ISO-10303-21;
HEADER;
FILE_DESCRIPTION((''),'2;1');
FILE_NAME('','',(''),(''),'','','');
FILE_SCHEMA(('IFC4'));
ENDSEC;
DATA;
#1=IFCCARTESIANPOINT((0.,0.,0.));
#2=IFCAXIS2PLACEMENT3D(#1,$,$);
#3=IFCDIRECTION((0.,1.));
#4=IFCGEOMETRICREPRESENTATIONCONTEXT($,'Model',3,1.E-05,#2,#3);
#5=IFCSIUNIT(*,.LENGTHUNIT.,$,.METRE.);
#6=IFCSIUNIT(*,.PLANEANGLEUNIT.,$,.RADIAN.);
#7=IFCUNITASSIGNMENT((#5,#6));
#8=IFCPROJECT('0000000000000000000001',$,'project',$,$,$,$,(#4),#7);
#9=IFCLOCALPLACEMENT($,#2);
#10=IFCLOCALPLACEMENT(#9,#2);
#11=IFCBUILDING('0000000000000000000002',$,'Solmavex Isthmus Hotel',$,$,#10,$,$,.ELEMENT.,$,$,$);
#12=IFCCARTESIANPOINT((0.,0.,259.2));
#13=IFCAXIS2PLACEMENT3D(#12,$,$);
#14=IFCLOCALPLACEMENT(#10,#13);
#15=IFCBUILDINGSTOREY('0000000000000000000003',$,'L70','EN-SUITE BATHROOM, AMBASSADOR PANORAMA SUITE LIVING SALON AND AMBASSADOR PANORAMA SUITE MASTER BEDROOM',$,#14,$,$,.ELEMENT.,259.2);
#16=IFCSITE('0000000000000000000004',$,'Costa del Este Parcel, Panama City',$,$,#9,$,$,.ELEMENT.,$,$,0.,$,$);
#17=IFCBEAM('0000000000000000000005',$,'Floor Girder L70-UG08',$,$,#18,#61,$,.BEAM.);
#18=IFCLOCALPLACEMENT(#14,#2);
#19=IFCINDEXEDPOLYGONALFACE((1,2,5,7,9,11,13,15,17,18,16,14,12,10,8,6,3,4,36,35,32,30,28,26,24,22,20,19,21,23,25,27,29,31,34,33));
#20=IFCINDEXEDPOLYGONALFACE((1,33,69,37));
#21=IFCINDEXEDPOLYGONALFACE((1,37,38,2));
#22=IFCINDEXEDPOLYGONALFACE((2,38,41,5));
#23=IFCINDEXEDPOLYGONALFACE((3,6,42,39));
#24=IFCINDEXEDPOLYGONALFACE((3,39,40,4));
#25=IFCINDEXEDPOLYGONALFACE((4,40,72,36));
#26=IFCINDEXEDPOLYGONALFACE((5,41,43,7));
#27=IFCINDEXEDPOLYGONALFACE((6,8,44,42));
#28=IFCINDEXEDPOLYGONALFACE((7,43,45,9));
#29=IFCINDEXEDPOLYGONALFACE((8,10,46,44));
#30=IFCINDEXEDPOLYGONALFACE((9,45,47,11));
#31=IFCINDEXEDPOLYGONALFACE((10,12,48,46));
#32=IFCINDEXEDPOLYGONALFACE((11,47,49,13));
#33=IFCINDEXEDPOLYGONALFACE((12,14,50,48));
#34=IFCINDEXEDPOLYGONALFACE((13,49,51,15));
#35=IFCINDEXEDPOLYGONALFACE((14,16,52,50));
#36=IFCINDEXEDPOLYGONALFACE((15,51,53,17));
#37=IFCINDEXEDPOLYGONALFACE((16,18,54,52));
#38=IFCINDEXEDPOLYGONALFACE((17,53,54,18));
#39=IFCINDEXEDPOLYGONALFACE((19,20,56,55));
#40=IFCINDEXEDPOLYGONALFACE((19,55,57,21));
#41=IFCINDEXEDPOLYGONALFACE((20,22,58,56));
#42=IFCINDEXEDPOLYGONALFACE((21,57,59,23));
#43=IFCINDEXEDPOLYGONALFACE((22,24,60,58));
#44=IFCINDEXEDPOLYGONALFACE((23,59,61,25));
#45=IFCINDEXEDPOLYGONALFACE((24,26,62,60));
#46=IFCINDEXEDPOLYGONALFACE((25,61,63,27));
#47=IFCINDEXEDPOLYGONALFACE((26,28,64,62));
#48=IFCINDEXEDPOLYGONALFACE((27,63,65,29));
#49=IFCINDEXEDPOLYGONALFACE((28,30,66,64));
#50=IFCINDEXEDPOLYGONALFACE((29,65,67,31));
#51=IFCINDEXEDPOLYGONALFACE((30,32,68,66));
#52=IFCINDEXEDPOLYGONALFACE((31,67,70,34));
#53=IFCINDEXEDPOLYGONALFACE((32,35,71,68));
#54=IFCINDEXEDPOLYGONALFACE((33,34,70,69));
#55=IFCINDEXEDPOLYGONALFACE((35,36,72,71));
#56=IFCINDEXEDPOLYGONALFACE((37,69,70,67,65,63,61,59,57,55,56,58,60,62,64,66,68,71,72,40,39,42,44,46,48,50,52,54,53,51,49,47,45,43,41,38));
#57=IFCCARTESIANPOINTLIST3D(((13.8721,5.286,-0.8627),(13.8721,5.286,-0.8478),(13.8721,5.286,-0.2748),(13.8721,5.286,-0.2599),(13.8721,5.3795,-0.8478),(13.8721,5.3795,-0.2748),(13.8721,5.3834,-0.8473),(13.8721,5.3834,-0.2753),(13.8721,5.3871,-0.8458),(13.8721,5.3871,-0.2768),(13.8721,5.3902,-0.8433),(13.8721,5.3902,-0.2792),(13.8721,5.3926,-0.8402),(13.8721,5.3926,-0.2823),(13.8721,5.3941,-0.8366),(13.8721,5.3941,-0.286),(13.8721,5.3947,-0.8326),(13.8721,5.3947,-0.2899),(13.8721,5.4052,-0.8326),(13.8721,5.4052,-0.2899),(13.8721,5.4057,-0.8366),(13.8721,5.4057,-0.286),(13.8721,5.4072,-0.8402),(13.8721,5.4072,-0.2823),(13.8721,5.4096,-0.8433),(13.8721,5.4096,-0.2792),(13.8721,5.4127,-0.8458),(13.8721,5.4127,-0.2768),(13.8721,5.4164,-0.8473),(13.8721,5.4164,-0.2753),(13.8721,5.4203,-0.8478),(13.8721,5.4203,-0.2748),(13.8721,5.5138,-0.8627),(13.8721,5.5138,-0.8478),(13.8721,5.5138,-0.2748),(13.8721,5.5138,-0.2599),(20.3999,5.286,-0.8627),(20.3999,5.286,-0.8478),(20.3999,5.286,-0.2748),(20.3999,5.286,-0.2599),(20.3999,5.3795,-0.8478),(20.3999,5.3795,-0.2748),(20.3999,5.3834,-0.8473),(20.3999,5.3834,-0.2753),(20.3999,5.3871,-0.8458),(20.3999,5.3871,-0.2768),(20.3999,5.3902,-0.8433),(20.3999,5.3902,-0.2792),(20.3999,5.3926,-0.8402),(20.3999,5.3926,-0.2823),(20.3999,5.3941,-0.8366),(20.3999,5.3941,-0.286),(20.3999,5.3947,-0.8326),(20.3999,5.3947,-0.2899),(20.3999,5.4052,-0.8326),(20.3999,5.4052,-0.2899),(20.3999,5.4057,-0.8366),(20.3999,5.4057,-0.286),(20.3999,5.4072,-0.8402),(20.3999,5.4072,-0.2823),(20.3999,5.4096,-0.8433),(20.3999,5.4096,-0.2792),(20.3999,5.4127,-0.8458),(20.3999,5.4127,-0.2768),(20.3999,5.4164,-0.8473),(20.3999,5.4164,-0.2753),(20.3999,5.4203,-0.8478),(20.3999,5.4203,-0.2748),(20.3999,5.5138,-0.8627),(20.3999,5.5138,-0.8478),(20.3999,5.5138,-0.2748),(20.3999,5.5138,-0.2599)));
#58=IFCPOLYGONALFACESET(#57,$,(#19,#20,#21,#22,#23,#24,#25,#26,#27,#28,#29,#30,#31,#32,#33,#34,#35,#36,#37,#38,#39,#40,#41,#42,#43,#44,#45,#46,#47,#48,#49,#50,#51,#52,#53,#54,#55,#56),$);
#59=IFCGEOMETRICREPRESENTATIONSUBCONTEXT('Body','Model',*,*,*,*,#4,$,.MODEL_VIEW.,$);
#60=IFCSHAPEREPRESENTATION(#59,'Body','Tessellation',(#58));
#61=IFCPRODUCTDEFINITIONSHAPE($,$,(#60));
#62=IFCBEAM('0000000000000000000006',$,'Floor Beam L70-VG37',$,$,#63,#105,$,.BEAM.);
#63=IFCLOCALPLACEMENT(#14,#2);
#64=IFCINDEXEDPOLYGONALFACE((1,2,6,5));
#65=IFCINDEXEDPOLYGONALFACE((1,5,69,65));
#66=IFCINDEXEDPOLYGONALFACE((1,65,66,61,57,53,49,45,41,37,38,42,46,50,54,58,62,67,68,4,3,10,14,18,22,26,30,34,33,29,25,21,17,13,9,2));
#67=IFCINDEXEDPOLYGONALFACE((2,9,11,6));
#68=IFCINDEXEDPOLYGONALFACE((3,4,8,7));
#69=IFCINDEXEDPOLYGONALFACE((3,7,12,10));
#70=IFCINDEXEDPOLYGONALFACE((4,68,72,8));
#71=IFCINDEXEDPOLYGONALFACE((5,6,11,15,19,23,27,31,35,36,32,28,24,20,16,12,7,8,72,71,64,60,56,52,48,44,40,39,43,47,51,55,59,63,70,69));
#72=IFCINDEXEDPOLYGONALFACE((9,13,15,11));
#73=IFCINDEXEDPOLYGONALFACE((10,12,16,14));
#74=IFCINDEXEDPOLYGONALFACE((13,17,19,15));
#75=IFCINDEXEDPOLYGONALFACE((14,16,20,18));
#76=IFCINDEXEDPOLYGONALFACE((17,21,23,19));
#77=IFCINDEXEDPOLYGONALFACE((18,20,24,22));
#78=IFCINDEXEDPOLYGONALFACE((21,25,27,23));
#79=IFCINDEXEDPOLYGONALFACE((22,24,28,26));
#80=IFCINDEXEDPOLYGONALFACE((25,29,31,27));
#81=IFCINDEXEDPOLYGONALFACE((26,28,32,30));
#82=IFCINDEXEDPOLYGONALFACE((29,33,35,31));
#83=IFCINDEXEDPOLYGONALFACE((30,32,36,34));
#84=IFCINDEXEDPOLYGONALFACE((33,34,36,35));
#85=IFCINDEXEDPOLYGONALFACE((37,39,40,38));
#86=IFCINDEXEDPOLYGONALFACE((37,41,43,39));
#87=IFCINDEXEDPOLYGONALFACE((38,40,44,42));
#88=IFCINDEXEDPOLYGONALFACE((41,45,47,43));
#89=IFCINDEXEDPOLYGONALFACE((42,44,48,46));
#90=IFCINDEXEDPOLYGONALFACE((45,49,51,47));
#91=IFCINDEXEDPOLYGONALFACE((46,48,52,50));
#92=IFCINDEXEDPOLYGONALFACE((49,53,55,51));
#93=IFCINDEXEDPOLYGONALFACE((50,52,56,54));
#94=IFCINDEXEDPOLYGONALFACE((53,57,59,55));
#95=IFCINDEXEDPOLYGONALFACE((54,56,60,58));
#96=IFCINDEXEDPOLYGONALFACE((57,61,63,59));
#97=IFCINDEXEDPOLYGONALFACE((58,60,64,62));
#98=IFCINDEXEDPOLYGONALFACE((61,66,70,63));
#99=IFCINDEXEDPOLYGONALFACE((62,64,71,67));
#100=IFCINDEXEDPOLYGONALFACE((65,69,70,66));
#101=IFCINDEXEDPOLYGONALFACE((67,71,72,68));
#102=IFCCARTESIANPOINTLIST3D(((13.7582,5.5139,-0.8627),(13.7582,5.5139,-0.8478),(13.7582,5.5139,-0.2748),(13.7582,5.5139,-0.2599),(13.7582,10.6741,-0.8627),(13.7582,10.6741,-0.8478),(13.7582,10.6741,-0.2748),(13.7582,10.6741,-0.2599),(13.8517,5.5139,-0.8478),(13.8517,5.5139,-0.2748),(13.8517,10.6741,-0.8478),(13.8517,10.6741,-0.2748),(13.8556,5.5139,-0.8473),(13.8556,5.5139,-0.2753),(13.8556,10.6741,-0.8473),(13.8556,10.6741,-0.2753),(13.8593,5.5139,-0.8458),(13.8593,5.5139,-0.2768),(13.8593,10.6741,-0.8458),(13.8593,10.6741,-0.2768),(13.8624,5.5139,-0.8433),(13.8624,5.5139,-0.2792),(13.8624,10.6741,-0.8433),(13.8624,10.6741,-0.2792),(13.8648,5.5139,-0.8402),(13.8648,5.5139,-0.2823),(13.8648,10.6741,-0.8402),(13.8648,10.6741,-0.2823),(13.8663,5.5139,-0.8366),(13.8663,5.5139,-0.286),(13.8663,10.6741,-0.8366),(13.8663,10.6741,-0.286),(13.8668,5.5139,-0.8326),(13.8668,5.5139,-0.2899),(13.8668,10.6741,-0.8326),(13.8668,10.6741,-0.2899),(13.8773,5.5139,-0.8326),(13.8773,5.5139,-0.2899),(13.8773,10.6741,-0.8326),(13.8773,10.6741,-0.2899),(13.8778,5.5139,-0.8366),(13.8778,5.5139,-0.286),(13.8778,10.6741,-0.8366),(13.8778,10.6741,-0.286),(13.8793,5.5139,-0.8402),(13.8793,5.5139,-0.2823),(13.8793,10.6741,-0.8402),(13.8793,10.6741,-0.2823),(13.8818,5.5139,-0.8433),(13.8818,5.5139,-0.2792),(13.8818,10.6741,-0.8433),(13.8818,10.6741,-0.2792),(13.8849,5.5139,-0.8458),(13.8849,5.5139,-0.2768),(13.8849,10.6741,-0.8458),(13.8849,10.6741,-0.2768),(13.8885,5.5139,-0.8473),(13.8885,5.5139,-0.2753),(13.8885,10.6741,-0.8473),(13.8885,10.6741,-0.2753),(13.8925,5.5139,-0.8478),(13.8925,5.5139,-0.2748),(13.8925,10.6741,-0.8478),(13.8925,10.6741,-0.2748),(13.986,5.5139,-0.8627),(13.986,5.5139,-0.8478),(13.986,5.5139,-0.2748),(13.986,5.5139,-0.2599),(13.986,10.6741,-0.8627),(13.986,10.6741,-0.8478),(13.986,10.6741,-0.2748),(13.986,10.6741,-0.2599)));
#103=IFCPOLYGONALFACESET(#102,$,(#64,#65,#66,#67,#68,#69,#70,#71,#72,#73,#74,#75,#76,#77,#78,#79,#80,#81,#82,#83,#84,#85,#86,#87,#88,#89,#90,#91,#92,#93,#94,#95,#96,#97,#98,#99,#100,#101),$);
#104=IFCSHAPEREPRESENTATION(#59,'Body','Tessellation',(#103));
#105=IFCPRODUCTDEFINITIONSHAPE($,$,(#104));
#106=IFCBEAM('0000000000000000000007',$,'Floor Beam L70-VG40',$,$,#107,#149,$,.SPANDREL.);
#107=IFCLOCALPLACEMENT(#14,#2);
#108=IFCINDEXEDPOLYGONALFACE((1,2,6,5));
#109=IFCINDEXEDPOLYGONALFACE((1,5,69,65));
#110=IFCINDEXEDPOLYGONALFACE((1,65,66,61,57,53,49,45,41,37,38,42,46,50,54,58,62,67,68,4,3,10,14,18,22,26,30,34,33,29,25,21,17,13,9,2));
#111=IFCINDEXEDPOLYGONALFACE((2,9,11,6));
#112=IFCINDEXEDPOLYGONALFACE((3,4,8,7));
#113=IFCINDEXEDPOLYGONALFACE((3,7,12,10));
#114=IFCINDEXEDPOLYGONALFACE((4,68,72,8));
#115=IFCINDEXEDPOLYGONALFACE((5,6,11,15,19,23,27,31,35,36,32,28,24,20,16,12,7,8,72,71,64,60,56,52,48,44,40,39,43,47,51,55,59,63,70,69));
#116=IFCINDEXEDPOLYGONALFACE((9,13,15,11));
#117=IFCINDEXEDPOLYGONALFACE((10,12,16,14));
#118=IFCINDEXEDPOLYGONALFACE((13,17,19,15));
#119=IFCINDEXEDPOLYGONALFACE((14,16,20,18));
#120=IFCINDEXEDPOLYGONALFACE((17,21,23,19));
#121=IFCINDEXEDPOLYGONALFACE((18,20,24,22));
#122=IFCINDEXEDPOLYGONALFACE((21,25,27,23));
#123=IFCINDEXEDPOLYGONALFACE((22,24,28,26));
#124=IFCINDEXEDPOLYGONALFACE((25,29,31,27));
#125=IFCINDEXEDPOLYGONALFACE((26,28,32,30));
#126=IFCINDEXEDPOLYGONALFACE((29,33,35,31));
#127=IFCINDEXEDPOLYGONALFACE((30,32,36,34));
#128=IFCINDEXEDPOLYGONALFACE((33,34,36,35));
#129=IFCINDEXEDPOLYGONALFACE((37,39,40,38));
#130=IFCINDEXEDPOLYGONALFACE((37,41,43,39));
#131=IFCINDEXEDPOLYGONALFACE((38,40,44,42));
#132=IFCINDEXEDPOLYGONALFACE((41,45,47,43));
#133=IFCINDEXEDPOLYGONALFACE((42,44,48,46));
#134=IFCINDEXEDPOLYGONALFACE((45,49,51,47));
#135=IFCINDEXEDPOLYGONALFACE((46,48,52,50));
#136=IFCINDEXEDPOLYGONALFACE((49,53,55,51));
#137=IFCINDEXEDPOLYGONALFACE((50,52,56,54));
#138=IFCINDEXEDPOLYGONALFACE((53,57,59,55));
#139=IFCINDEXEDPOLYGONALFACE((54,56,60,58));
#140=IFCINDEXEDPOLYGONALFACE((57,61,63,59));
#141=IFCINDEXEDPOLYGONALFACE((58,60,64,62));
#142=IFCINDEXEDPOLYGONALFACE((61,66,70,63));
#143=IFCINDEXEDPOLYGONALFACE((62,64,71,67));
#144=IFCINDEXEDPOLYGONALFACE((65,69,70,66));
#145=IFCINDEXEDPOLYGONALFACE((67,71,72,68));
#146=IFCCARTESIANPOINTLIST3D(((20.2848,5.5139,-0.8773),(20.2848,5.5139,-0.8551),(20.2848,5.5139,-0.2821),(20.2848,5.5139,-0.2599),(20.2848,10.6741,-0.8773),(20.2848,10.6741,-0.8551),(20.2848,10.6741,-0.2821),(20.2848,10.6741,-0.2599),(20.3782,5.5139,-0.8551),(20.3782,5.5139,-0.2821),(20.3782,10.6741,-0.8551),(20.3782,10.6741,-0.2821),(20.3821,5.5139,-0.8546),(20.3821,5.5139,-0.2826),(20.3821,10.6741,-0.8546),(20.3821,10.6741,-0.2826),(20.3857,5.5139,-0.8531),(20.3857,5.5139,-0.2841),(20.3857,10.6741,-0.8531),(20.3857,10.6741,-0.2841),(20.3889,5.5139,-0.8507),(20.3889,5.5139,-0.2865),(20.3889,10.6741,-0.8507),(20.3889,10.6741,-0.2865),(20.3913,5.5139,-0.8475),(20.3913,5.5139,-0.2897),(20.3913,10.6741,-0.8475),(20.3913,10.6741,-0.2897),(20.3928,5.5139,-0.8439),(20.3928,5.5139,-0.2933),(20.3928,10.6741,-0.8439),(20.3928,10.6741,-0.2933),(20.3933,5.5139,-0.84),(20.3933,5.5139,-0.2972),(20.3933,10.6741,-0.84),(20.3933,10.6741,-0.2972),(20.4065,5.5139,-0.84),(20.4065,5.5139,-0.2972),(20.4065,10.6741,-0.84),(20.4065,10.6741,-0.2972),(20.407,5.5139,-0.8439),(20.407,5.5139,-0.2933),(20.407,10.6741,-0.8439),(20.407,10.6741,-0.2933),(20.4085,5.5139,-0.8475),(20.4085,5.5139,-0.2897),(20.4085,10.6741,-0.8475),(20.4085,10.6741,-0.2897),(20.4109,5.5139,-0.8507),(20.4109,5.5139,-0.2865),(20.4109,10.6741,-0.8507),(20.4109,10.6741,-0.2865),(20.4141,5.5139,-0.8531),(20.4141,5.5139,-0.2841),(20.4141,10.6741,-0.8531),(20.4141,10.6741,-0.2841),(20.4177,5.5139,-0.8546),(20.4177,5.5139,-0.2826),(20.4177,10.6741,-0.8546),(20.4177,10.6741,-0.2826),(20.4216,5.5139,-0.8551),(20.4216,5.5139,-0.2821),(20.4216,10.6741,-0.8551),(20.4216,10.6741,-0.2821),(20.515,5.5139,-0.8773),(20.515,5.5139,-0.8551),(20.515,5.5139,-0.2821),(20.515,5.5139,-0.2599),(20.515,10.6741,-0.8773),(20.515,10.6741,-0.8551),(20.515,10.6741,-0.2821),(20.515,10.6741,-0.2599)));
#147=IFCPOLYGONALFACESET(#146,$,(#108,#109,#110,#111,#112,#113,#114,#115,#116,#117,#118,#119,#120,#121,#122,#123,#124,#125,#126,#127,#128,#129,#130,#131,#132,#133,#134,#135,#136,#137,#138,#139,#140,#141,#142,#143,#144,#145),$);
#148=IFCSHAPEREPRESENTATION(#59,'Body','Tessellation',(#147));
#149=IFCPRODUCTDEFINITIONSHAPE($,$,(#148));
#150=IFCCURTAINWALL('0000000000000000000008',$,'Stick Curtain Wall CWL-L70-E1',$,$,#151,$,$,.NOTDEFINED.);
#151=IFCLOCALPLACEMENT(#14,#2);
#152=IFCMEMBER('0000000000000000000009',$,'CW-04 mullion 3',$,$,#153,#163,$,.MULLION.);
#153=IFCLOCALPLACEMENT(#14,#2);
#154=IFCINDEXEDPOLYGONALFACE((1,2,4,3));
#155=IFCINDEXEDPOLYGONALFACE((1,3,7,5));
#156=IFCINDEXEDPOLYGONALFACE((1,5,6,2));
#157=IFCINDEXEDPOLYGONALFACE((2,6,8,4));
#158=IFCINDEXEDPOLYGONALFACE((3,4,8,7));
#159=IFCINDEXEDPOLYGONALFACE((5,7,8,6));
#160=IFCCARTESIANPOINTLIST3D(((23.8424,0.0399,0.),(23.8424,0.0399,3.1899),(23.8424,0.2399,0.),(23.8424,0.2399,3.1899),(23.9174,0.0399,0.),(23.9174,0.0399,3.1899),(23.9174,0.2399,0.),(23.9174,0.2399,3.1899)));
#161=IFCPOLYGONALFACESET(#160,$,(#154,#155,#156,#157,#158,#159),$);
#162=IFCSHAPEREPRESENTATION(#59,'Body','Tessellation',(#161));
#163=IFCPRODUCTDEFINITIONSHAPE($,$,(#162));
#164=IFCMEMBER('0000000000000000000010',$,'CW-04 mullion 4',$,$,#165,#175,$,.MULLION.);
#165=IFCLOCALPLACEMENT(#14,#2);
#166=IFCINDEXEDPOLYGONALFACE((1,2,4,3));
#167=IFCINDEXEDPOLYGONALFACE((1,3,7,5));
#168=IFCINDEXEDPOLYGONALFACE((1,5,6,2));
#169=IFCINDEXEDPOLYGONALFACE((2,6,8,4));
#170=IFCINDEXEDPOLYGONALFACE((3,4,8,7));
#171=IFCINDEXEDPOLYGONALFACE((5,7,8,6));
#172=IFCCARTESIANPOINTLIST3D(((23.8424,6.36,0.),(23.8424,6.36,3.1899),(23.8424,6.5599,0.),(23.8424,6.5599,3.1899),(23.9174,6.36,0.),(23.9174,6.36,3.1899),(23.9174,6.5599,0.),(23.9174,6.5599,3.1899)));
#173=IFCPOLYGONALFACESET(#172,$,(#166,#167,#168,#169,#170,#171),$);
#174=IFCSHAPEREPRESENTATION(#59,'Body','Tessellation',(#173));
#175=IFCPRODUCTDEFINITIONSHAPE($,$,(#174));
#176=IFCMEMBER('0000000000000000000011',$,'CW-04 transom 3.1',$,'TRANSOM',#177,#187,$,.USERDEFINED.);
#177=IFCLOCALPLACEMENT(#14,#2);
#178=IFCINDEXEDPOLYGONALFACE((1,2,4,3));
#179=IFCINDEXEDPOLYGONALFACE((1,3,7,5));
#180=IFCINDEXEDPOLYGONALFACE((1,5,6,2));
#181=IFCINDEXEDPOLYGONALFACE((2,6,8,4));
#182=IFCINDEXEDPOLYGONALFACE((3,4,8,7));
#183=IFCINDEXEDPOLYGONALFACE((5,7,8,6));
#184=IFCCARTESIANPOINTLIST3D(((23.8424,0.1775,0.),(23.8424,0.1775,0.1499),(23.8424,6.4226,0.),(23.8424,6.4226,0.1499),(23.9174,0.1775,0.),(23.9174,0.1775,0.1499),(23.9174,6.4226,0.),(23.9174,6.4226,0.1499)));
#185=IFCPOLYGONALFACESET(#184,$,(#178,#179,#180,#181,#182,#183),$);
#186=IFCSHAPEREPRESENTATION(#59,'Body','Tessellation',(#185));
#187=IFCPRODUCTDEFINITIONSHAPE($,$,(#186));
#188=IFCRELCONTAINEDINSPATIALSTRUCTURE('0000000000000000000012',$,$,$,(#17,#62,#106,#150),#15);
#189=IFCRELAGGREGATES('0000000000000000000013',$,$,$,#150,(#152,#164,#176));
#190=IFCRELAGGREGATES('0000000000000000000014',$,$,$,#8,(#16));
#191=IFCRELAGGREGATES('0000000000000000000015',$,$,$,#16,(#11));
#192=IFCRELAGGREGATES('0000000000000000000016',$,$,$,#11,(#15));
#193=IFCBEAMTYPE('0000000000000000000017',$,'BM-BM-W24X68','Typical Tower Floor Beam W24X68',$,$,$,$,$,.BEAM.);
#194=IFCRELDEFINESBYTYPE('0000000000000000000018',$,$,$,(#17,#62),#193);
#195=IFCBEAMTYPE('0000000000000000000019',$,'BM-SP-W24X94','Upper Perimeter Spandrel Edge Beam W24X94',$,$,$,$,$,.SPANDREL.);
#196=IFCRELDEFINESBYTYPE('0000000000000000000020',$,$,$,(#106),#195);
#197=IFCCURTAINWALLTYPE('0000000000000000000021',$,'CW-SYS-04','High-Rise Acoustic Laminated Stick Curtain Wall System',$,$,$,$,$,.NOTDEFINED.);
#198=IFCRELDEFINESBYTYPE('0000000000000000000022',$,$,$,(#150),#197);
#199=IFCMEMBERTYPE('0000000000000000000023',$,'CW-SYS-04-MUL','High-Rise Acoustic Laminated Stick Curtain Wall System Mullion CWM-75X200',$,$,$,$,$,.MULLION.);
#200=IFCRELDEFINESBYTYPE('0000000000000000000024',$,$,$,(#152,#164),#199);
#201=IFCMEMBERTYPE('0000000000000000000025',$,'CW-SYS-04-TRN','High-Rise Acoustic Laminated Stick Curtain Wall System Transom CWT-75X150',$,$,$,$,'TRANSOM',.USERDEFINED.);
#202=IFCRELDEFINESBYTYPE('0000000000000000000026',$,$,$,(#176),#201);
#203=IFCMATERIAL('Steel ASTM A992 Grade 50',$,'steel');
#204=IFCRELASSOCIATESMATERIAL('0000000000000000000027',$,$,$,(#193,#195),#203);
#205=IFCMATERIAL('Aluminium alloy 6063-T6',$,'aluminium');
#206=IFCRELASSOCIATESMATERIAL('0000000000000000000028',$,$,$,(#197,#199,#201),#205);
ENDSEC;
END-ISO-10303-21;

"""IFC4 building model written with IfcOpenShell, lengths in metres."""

from ifc_helpers import new_model, si_unit, direction, frame, origin, origin_2d, place, context, subcontext, project, spatial, rectangle, i_section, extrude, material, material_profile, profile_set, type_object, element, aggregate, save


model = new_model("IFC4")

# Units and contexts
model_context = context("Model", 3, precision=1e-05, world=origin(), true_north=direction((0.0, 1.0)))
body_context = subcontext(model_context, "Body", "Model", "MODEL_VIEW")
ifc_project = project(units=[si_unit("LENGTHUNIT", "METRE"), si_unit("PLANEANGLEUNIT", "RADIAN")], contexts=[model_context])

# Site, building, storey
site_placement = place(None, origin())
site = spatial("IfcSite", under=ifc_project, at=site_placement, Name="Costa del Este Parcel, Panama City", CompositionType="ELEMENT", RefElevation=0.0)
building_placement = place(site_placement, origin())
building = spatial("IfcBuilding", under=site, at=building_placement, Name="Solmavex Isthmus Hotel", CompositionType="ELEMENT")
storey_placement = place(building_placement, frame((0.0, 0.0, 259.2)))
storey = spatial("IfcBuildingStorey", under=building, at=storey_placement, Name="L70", Description="EN-SUITE BATHROOM, AMBASSADOR PANORAMA SUITE LIVING SALON AND AMBASSADOR PANORAMA SUITE MASTER BEDROOM", CompositionType="ELEMENT", Elevation=259.2)

# Beams
ifc_material_1 = material(Name="Steel ASTM A992 Grade 50", Category="steel")
ifc_material_profile_1 = material_profile(ifc_material_1, i_section(OverallWidth=0.2278, OverallDepth=0.6028, WebThickness=0.0105, FlangeThickness=0.0149, FilletRadius=0.0151, at=origin_2d()), Name="W24X68")
ifc_profile_set_1 = profile_set([ifc_material_profile_1], Name="Steel ASTM A992 Grade 50")
beam_type_1 = type_object("IfcBeamType", Name="BM-BM-W24X68", Description="Typical Tower Floor Beam W24X68", PredefinedType="BEAM", material=ifc_profile_set_1)
beam_1_placement = place(storey_placement, frame((13.8721, 5.3999, -0.5613), z_axis=(1.0, 0.0, 0.0), x_axis=(0.0, 1.0, 0.0)))
element("IfcBeam", 1, at=beam_1_placement, inside=storey, type_object=beam_type_1, Name="Floor Girder L70-UG08", PredefinedType="BEAM", context=body_context, shape_type="SweptSolid", body=[
    extrude(i_section(OverallWidth=0.2278, OverallDepth=0.6028, WebThickness=0.0105, FlangeThickness=0.0149, FilletRadius=0.0151, at=origin_2d()), origin(), (0.0, 0.0, 1.0), 6.5278),
])
beam_2_placement = place(storey_placement, frame((13.8721, 5.5139, -0.5613), z_axis=(0.0, 1.0, 0.0), x_axis=(-1.0, 0.0, 0.0)))
element("IfcBeam", 2, at=beam_2_placement, inside=storey, type_object=beam_type_1, Name="Floor Beam L70-VG37", PredefinedType="BEAM", context=body_context, shape_type="SweptSolid", body=[
    extrude(i_section(OverallWidth=0.2278, OverallDepth=0.6028, WebThickness=0.0105, FlangeThickness=0.0149, FilletRadius=0.0151, at=origin_2d()), origin(), (0.0, 0.0, 1.0), 5.1602),
])
ifc_material_profile_2 = material_profile(ifc_material_1, i_section(OverallWidth=0.2302, OverallDepth=0.6174, WebThickness=0.0132, FlangeThickness=0.0222, FilletRadius=0.0151, at=origin_2d()), Name="W24X94")
ifc_profile_set_2 = profile_set([ifc_material_profile_2], Name="Steel ASTM A992 Grade 50")
beam_type_2 = type_object("IfcBeamType", Name="BM-SP-W24X94", Description="Upper Perimeter Spandrel Edge Beam W24X94", PredefinedType="SPANDREL", material=ifc_profile_set_2)
beam_3_placement = place(storey_placement, frame((20.3999, 5.5139, -0.5686), z_axis=(0.0, 1.0, 0.0), x_axis=(-1.0, 0.0, 0.0)))
element("IfcBeam", 3, at=beam_3_placement, inside=storey, type_object=beam_type_2, Name="Floor Beam L70-VG40", PredefinedType="SPANDREL", context=body_context, shape_type="SweptSolid", body=[
    extrude(i_section(OverallWidth=0.2302, OverallDepth=0.6174, WebThickness=0.0132, FlangeThickness=0.0222, FilletRadius=0.0151, at=origin_2d()), origin(), (0.0, 0.0, 1.0), 5.1602),
])

# Curtain wall, members
ifc_material_2 = material(Name="Aluminium alloy 6063-T6", Category="aluminium")
curtain_wall_type = type_object("IfcCurtainWallType", Name="CW-SYS-04", Description="High-Rise Acoustic Laminated Stick Curtain Wall System", PredefinedType="NOTDEFINED", material=ifc_material_2)
curtain_wall_placement = place(storey_placement, origin())
curtain_wall = element("IfcCurtainWall", 4, at=curtain_wall_placement, inside=storey, type_object=curtain_wall_type, Name="Stick Curtain Wall CWL-L70-E1", PredefinedType="NOTDEFINED")
ifc_material_profile_3 = material_profile(ifc_material_2, rectangle(XDim=0.075, YDim=0.2, at=origin_2d()), Name="CWM-75X200")
ifc_profile_set_3 = profile_set([ifc_material_profile_3], Name="Aluminium alloy 6063-T6")
member_type_1 = type_object("IfcMemberType", Name="CW-SYS-04-MUL", Description="High-Rise Acoustic Laminated Stick Curtain Wall System Mullion CWM-75X200", PredefinedType="MULLION", material=ifc_profile_set_3)
member_1_placement = place(storey_placement, frame((23.8799, 0.1399, 0.0), z_axis=(0.0, 0.0, 1.0), x_axis=(-1.0, 0.0, 0.0)))
member_1 = element("IfcMember", 5, at=member_1_placement, type_object=member_type_1, Name="CW-04 mullion 3", PredefinedType="MULLION", context=body_context, shape_type="SweptSolid", body=[
    extrude(rectangle(XDim=0.075, YDim=0.2, at=origin_2d()), origin(), (0.0, 0.0, 1.0), 3.1899),
])
member_2_placement = place(storey_placement, frame((23.8799, 6.46, 0.0), z_axis=(0.0, 0.0, 1.0), x_axis=(-1.0, 0.0, 0.0)))
member_2 = element("IfcMember", 6, at=member_2_placement, type_object=member_type_1, Name="CW-04 mullion 4", PredefinedType="MULLION", context=body_context, shape_type="SweptSolid", body=[
    extrude(rectangle(XDim=0.075, YDim=0.2, at=origin_2d()), origin(), (0.0, 0.0, 1.0), 3.1899),
])
ifc_material_profile_4 = material_profile(ifc_material_2, rectangle(XDim=0.075, YDim=0.1499, at=origin_2d()), Name="CWT-75X150")
ifc_profile_set_4 = profile_set([ifc_material_profile_4], Name="Aluminium alloy 6063-T6")
member_type_2 = type_object("IfcMemberType", Name="CW-SYS-04-TRN", Description="High-Rise Acoustic Laminated Stick Curtain Wall System Transom CWT-75X150", ElementType="TRANSOM", PredefinedType="USERDEFINED", material=ifc_profile_set_4)
member_3_placement = place(storey_placement, frame((23.8799, 0.1775, 0.075), z_axis=(0.0, 1.0, 0.0), x_axis=(-1.0, 0.0, 0.0)))
member_3 = element("IfcMember", 7, at=member_3_placement, type_object=member_type_2, Name="CW-04 transom 3.1", ObjectType="TRANSOM", PredefinedType="USERDEFINED", context=body_context, shape_type="SweptSolid", body=[
    extrude(rectangle(XDim=0.075, YDim=0.1499, at=origin_2d()), origin(), (0.0, 0.0, 1.0), 6.2451),
])
aggregate(curtain_wall, [member_1, member_2, member_3])

save(model, "model.ifc")
